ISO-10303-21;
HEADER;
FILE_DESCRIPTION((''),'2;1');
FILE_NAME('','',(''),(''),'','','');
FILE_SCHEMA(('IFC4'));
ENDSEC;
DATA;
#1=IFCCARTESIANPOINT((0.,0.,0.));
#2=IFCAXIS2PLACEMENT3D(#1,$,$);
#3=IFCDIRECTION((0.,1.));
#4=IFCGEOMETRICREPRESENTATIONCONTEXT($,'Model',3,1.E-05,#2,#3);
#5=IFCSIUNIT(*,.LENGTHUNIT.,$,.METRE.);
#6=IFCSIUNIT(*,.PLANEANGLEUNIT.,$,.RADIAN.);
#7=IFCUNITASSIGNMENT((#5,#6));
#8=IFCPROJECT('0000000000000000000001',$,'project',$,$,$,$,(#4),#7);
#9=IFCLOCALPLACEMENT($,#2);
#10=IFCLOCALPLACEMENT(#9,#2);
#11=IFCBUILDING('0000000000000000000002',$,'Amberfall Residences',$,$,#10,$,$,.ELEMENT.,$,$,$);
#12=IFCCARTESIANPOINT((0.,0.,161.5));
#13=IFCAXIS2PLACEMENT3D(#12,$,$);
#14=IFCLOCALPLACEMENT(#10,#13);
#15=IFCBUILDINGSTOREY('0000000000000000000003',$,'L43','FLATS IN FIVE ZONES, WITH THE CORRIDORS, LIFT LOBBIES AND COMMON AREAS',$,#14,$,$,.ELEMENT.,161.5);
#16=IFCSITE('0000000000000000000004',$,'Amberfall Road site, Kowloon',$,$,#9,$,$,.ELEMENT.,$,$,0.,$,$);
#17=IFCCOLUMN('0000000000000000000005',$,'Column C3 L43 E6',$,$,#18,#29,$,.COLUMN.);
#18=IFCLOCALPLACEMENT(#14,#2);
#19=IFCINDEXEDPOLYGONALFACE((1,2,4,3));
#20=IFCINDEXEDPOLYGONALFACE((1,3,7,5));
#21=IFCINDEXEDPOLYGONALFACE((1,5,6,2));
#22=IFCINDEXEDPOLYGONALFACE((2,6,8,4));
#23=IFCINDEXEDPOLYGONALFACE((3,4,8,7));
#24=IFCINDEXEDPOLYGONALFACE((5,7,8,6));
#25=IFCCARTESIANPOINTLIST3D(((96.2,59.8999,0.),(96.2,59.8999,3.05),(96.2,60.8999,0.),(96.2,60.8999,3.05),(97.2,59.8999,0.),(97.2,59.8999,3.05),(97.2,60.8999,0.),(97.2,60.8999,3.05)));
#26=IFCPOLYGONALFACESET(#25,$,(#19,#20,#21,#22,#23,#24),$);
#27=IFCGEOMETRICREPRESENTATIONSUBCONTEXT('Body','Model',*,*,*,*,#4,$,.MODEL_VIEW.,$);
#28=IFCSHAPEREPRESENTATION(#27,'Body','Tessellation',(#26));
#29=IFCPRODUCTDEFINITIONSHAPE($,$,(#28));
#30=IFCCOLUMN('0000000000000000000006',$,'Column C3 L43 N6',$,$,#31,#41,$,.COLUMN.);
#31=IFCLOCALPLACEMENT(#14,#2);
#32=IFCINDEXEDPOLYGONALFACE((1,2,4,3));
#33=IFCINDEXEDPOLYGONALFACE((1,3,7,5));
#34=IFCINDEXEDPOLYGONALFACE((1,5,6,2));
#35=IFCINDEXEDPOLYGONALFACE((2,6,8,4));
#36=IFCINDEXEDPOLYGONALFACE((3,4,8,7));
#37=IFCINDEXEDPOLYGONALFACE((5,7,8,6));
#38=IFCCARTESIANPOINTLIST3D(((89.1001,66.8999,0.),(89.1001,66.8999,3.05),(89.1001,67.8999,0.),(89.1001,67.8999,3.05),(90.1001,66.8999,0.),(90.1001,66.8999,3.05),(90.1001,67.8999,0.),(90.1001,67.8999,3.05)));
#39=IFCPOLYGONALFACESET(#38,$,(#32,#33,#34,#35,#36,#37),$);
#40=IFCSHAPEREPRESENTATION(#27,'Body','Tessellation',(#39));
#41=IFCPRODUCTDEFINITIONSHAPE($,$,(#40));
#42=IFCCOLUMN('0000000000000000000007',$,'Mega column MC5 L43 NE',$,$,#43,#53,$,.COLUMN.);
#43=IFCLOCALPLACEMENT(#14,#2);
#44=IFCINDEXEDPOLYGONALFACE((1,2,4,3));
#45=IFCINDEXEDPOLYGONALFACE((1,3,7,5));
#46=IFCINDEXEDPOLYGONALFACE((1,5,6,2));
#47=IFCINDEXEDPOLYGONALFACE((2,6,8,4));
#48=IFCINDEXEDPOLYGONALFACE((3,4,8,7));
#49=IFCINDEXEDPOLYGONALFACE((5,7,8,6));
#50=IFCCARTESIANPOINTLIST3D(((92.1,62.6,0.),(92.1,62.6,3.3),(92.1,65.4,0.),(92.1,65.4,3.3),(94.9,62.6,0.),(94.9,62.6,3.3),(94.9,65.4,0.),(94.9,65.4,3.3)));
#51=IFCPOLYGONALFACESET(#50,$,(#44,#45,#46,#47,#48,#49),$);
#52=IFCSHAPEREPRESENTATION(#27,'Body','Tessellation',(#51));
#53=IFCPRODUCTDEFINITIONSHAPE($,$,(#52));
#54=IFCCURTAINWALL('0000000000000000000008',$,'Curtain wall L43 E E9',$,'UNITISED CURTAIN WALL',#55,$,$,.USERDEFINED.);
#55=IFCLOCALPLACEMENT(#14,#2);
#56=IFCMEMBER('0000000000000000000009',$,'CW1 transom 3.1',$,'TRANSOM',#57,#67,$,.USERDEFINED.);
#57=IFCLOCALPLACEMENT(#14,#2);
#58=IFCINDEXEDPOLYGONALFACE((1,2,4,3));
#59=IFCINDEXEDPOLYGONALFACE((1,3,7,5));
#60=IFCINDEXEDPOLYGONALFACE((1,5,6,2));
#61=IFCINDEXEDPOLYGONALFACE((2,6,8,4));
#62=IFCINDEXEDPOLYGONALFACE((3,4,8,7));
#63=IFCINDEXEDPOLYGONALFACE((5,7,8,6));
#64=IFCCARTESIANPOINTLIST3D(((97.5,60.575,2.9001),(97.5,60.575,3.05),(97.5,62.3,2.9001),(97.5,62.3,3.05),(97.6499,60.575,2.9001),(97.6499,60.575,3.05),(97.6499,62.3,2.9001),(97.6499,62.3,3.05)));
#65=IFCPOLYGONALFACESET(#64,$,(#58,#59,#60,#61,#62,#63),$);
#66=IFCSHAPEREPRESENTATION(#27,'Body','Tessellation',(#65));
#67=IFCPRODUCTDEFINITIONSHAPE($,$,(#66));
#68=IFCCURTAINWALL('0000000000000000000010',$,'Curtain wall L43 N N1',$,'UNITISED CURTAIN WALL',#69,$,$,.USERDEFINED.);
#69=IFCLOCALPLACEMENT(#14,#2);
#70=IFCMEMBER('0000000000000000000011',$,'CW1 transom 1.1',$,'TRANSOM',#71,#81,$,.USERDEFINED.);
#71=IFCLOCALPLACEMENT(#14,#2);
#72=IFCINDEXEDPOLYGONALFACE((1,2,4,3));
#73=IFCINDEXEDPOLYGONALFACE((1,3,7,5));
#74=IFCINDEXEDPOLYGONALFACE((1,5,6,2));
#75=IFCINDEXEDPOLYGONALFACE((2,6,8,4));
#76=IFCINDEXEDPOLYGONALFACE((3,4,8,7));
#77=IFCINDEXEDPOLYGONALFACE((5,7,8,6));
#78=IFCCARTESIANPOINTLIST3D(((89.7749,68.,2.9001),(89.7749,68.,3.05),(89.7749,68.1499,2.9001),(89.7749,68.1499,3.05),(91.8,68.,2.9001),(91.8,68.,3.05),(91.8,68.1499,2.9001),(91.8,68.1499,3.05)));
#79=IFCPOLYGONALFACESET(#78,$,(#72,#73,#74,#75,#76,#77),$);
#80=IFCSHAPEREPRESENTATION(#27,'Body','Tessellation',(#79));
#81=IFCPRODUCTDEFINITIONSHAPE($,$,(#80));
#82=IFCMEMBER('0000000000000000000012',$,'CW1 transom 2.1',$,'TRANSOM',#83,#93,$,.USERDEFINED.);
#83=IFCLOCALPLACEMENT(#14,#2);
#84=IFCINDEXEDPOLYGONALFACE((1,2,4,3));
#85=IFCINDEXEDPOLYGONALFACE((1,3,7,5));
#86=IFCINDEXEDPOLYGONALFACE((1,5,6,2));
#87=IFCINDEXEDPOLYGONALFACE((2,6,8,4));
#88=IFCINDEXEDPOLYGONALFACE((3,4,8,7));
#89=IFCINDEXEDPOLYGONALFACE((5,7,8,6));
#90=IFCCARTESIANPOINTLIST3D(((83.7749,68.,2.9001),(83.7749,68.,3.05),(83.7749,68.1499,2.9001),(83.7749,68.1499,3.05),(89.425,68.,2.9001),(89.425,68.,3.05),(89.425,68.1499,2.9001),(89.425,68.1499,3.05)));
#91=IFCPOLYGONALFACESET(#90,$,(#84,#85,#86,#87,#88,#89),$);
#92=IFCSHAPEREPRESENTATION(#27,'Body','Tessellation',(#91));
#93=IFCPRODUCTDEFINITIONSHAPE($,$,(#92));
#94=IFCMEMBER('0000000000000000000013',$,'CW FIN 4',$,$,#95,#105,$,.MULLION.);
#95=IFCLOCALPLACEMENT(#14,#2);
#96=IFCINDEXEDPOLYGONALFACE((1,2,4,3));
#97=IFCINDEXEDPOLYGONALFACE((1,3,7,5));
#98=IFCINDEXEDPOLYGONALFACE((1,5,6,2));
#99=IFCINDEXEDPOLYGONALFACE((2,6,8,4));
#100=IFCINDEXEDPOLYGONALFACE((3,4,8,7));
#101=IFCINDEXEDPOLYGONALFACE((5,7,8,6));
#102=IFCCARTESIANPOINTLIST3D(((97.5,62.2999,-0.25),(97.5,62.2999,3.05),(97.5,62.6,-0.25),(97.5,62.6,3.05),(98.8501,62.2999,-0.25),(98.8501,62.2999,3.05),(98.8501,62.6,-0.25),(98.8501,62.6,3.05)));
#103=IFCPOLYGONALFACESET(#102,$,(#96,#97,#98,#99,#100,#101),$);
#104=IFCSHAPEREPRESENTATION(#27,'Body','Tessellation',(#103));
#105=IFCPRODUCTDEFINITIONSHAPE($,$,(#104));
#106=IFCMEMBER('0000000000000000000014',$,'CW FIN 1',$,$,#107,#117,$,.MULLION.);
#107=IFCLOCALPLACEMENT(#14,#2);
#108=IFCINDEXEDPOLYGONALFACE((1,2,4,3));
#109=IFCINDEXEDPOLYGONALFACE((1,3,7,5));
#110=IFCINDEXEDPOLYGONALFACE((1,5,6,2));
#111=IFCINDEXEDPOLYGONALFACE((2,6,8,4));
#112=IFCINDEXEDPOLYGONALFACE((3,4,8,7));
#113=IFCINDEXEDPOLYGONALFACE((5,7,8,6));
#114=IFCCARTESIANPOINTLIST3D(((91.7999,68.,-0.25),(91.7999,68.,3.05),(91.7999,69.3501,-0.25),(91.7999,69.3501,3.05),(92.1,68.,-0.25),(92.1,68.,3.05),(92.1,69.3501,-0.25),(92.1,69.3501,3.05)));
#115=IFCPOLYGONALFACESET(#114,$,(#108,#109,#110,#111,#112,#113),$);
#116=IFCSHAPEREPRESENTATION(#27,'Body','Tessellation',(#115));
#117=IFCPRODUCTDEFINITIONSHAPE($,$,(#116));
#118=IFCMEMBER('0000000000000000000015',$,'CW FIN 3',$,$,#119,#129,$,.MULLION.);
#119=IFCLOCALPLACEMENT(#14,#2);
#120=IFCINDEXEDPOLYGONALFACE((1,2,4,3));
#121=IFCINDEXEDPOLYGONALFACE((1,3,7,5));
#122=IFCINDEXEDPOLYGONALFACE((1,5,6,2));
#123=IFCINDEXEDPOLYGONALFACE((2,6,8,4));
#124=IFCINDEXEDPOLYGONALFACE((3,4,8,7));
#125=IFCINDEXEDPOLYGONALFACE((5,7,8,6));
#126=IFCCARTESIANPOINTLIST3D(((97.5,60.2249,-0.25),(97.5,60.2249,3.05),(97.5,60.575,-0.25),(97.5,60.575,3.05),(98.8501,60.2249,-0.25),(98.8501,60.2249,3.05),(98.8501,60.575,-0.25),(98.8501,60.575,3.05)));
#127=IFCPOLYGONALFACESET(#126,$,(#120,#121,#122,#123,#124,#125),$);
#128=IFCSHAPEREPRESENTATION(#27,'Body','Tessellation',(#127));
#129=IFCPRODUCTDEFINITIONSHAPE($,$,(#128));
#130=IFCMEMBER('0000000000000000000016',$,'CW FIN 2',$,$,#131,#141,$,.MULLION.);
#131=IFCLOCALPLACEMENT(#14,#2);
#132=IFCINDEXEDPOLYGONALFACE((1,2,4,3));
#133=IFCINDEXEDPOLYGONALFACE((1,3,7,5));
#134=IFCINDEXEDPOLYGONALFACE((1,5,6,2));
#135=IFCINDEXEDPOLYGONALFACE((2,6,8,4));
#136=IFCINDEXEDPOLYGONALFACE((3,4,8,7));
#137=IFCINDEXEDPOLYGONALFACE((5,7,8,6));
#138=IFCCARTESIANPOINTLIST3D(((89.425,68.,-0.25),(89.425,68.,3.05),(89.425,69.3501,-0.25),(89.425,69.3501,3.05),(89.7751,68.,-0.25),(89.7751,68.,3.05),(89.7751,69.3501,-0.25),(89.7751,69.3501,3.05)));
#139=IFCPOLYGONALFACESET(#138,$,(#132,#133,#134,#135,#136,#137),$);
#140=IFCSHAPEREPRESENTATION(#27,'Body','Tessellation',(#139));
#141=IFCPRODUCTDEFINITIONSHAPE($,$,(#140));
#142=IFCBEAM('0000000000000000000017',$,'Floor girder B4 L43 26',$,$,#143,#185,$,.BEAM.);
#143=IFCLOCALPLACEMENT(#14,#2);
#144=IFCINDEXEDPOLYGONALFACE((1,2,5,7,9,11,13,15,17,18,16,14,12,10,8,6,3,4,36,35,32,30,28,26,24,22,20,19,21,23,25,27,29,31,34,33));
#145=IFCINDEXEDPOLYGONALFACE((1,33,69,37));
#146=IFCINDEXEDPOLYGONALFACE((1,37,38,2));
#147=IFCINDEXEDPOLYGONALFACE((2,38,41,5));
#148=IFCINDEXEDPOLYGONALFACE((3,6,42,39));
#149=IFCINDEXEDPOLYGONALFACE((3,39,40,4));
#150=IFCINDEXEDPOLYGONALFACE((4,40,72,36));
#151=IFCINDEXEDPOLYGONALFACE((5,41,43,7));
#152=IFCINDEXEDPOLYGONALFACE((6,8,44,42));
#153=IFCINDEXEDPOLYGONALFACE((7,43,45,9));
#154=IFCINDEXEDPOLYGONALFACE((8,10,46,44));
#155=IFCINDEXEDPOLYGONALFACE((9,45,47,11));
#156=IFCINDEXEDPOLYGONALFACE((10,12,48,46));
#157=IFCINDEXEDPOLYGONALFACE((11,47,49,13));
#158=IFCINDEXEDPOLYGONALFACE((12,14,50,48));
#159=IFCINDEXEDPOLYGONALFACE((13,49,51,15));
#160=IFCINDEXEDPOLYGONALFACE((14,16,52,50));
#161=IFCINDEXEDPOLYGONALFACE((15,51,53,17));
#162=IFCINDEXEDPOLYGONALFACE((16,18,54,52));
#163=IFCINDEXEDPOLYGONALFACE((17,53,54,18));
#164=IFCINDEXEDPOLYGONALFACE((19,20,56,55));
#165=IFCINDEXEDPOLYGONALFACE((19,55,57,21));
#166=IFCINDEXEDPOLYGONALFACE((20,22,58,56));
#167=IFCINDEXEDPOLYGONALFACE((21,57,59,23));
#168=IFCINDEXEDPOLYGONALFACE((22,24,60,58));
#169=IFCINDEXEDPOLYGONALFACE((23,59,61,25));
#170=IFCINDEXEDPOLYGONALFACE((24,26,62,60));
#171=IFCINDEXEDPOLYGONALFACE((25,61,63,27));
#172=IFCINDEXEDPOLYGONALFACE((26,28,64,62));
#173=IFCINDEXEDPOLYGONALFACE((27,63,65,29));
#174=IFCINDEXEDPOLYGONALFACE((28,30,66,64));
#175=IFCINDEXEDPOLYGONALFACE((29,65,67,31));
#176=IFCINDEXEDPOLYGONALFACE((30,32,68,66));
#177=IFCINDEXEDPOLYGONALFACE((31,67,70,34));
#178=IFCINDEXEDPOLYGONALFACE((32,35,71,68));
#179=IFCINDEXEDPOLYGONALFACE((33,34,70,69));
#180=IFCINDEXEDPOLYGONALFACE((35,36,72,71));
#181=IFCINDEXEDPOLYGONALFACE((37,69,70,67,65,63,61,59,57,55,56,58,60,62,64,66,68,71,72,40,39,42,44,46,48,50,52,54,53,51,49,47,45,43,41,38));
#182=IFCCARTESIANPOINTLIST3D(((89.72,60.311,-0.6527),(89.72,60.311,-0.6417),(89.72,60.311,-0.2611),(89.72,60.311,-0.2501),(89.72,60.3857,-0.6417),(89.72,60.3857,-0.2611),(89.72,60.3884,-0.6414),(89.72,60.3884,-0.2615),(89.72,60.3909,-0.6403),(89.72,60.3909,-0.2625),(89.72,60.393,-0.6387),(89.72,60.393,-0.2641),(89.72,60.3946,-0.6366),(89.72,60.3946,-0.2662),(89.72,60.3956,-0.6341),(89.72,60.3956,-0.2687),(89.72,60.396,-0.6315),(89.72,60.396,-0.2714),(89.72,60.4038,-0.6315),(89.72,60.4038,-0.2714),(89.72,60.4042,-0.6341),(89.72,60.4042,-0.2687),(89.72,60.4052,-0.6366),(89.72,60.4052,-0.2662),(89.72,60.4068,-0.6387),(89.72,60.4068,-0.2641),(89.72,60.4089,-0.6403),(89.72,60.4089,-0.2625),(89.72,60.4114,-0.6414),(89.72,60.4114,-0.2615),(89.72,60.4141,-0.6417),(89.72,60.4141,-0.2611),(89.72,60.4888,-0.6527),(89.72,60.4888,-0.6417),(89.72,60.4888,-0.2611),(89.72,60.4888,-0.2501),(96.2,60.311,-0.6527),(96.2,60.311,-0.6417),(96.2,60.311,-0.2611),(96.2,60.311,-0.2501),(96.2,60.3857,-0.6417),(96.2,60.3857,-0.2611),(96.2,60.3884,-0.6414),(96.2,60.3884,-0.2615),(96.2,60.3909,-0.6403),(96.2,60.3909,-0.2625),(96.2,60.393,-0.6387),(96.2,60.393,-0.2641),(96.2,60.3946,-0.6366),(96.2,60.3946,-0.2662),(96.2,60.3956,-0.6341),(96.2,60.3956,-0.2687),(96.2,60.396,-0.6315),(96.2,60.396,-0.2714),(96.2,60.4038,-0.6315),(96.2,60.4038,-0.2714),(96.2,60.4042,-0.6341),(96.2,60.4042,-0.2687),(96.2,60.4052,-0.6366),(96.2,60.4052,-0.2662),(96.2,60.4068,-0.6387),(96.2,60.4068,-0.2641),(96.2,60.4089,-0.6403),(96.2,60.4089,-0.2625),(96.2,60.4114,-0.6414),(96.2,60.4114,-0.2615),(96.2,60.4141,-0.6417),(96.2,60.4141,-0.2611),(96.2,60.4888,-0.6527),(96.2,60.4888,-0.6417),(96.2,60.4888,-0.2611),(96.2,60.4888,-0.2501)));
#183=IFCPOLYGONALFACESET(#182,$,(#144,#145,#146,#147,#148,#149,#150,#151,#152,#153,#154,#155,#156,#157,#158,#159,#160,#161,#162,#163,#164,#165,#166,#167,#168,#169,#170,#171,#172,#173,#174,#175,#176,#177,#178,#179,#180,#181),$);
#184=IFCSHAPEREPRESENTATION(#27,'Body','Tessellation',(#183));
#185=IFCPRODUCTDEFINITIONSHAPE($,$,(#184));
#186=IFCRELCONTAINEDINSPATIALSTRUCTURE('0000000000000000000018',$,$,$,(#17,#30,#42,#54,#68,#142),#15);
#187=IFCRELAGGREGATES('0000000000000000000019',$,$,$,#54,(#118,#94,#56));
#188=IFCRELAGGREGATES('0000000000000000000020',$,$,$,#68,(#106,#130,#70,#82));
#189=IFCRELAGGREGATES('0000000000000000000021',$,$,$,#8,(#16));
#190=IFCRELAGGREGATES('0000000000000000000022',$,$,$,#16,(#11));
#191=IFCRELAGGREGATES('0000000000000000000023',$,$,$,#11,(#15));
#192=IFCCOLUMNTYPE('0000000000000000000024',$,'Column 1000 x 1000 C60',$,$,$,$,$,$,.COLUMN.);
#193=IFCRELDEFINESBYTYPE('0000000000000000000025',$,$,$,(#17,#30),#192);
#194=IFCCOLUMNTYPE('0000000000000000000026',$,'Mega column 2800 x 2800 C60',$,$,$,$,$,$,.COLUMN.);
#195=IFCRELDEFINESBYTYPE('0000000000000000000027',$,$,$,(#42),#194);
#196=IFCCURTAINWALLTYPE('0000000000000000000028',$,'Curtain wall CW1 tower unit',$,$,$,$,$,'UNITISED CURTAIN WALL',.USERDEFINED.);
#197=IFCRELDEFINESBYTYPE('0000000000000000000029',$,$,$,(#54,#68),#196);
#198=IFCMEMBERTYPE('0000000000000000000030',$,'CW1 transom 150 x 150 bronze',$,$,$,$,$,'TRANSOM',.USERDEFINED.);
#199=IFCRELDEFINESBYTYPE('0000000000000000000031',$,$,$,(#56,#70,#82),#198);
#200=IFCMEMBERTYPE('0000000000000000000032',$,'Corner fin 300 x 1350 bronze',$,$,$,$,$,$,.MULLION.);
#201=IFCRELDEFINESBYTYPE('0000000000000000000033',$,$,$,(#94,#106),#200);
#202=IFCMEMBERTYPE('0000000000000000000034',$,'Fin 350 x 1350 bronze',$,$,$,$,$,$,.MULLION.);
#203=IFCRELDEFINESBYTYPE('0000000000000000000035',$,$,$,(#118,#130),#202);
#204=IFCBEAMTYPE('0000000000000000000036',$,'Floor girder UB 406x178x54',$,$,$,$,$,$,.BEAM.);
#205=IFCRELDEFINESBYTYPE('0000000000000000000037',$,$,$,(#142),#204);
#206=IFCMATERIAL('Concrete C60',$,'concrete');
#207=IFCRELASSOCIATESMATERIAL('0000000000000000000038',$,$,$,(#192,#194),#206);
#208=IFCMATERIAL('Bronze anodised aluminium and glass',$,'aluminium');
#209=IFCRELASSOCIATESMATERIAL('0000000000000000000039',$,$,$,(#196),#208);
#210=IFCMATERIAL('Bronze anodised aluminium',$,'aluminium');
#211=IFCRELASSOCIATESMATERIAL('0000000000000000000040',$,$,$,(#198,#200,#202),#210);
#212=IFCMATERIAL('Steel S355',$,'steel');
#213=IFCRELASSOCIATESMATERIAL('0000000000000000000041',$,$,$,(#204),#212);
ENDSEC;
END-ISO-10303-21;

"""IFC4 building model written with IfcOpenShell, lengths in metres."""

from ifc_helpers import new_model, si_unit, direction, frame, origin, origin_2d, place, context, subcontext, project, spatial, rectangle, i_section, extrude, material, material_profile, profile_set, type_object, element, aggregate, save


model = new_model("IFC4")

# Units and contexts
model_context = context("Model", 3, precision=1e-05, world=origin(), true_north=direction((0.0, 1.0)))
body_context = subcontext(model_context, "Body", "Model", "MODEL_VIEW")
ifc_project = project(units=[si_unit("LENGTHUNIT", "METRE"), si_unit("PLANEANGLEUNIT", "RADIAN")], contexts=[model_context])

# Site, building, storey
site_placement = place(None, origin())
site = spatial("IfcSite", under=ifc_project, at=site_placement, Name="Amberfall Road site, Kowloon", CompositionType="ELEMENT", RefElevation=0.0)
building_placement = place(site_placement, origin())
building = spatial("IfcBuilding", under=site, at=building_placement, Name="Amberfall Residences", CompositionType="ELEMENT")
storey_placement = place(building_placement, frame((0.0, 0.0, 161.5)))
storey = spatial("IfcBuildingStorey", under=building, at=storey_placement, Name="L43", Description="FLATS IN FIVE ZONES, WITH THE CORRIDORS, LIFT LOBBIES AND COMMON AREAS", CompositionType="ELEMENT", Elevation=161.5)

# Columns
ifc_material_1 = material(Name="Concrete C60", Category="concrete")
ifc_material_profile_1 = material_profile(ifc_material_1, rectangle(XDim=1.0, YDim=1.0, at=origin_2d()), Name="Column 1000 x 1000 C60")
ifc_profile_set_1 = profile_set([ifc_material_profile_1], Name="Concrete C60")
column_type_1 = type_object("IfcColumnType", Name="Column 1000 x 1000 C60", PredefinedType="COLUMN", material=ifc_profile_set_1)
for number, where, z_axis, x_axis, name in (
    (1, (96.7, 60.3999, 0.0), (0.0, 0.0, 1.0), (1.0, 0.0, 0.0), "Column C3 L43 E6"),
    (2, (89.6001, 67.3999, 0.0), (0.0, 0.0, 1.0), (1.0, 0.0, 0.0), "Column C3 L43 N6"),
):
    element("IfcColumn", number, at=place(storey_placement, frame(where, z_axis=z_axis, x_axis=x_axis)), inside=storey, type_object=column_type_1, Name=name, PredefinedType="COLUMN", context=body_context, shape_type="SweptSolid", body=[
        extrude(rectangle(XDim=1.0, YDim=1.0, at=origin_2d()), origin(), (0.0, 0.0, 1.0), 3.05),
    ])
ifc_material_profile_2 = material_profile(ifc_material_1, rectangle(XDim=2.8, YDim=2.8, at=origin_2d()), Name="Mega column 2800 x 2800 C60")
ifc_profile_set_2 = profile_set([ifc_material_profile_2], Name="Concrete C60")
column_type_2 = type_object("IfcColumnType", Name="Mega column 2800 x 2800 C60", PredefinedType="COLUMN", material=ifc_profile_set_2)
column_placement = place(storey_placement, frame((93.5, 64.0, 0.0), z_axis=(0.0, 0.0, 1.0), x_axis=(1.0, 0.0, 0.0)))
element("IfcColumn", 3, at=column_placement, inside=storey, type_object=column_type_2, Name="Mega column MC5 L43 NE", PredefinedType="COLUMN", context=body_context, shape_type="SweptSolid", body=[
    extrude(rectangle(XDim=2.8, YDim=2.8, at=origin_2d()), origin(), (0.0, 0.0, 1.0), 3.3),
])

# Curtain wall, member
ifc_material_2 = material(Name="Bronze anodised aluminium and glass", Category="aluminium")
curtain_wall_type = type_object("IfcCurtainWallType", Name="Curtain wall CW1 tower unit", ElementType="UNITISED CURTAIN WALL", PredefinedType="USERDEFINED", material=ifc_material_2)
curtain_wall_1_placement = place(storey_placement, origin())
curtain_wall_1 = element("IfcCurtainWall", 4, at=curtain_wall_1_placement, inside=storey, type_object=curtain_wall_type, Name="Curtain wall L43 E E9", ObjectType="UNITISED CURTAIN WALL", PredefinedType="USERDEFINED")
ifc_material_3 = material(Name="Bronze anodised aluminium", Category="aluminium")
ifc_material_profile_3 = material_profile(ifc_material_3, rectangle(XDim=0.1499, YDim=0.1499, at=origin_2d()), Name="CW1 transom 150 x 150 bronze")
ifc_profile_set_3 = profile_set([ifc_material_profile_3], Name="Bronze anodised aluminium")
member_type_1 = type_object("IfcMemberType", Name="CW1 transom 150 x 150 bronze", ElementType="TRANSOM", PredefinedType="USERDEFINED", material=ifc_profile_set_3)
member_1_placement = place(storey_placement, frame((97.575, 60.575, 2.9751), z_axis=(0.0, 1.0, 0.0), x_axis=(-1.0, 0.0, 0.0)))
member_1 = element("IfcMember", 5, at=member_1_placement, type_object=member_type_1, Name="CW1 transom 3.1", ObjectType="TRANSOM", PredefinedType="USERDEFINED", context=body_context, shape_type="SweptSolid", body=[
    extrude(rectangle(XDim=0.1499, YDim=0.1499, at=origin_2d()), origin(), (0.0, 0.0, 1.0), 1.7251),
])

# Curtain wall, members
curtain_wall_2_placement = place(storey_placement, origin())
curtain_wall_2 = element("IfcCurtainWall", 6, at=curtain_wall_2_placement, inside=storey, type_object=curtain_wall_type, Name="Curtain wall L43 N N1", ObjectType="UNITISED CURTAIN WALL", PredefinedType="USERDEFINED")
member_2_placement = place(storey_placement, frame((91.8, 68.075, 2.9751), z_axis=(-1.0, 0.0, 0.0), x_axis=(0.0, -1.0, 0.0)))
member_2 = element("IfcMember", 7, at=member_2_placement, type_object=member_type_1, Name="CW1 transom 1.1", ObjectType="TRANSOM", PredefinedType="USERDEFINED", context=body_context, shape_type="SweptSolid", body=[
    extrude(rectangle(XDim=0.1499, YDim=0.1499, at=origin_2d()), origin(), (0.0, 0.0, 1.0), 2.0251),
])
member_3_placement = place(storey_placement, frame((89.425, 68.075, 2.9751), z_axis=(-1.0, 0.0, 0.0), x_axis=(0.0, -1.0, 0.0)))
member_3 = element("IfcMember", 8, at=member_3_placement, type_object=member_type_1, Name="CW1 transom 2.1", ObjectType="TRANSOM", PredefinedType="USERDEFINED", context=body_context, shape_type="SweptSolid", body=[
    extrude(rectangle(XDim=0.1499, YDim=0.1499, at=origin_2d()), origin(), (0.0, 0.0, 1.0), 5.6501),
])

# Members
ifc_material_profile_4 = material_profile(ifc_material_3, rectangle(XDim=1.3501, YDim=0.3, at=origin_2d()), Name="Corner fin 300 x 1350 bronze")
ifc_profile_set_4 = profile_set([ifc_material_profile_4], Name="Bronze anodised aluminium")
member_type_2 = type_object("IfcMemberType", Name="Corner fin 300 x 1350 bronze", PredefinedType="MULLION", material=ifc_profile_set_4)
member_4_placement = place(storey_placement, frame((98.175, 62.45, -0.25), z_axis=(0.0, 0.0, 1.0), x_axis=(-1.0, 0.0, 0.0)))
member_4 = element("IfcMember", 9, at=member_4_placement, type_object=member_type_2, Name="CW FIN 4", PredefinedType="MULLION", context=body_context, shape_type="SweptSolid", body=[
    extrude(rectangle(XDim=1.3501, YDim=0.3, at=origin_2d()), origin(), (0.0, 0.0, 1.0), 3.3),
])
member_5_placement = place(storey_placement, frame((91.95, 68.675, -0.25), z_axis=(0.0, 0.0, 1.0), x_axis=(0.0, -1.0, 0.0)))
member_5 = element("IfcMember", 10, at=member_5_placement, type_object=member_type_2, Name="CW FIN 1", PredefinedType="MULLION", context=body_context, shape_type="SweptSolid", body=[
    extrude(rectangle(XDim=1.3501, YDim=0.3, at=origin_2d()), origin(), (0.0, 0.0, 1.0), 3.3),
])
ifc_material_profile_5 = material_profile(ifc_material_3, rectangle(XDim=1.3501, YDim=0.3501, at=origin_2d()), Name="Fin 350 x 1350 bronze")
ifc_profile_set_5 = profile_set([ifc_material_profile_5], Name="Bronze anodised aluminium")
member_type_3 = type_object("IfcMemberType", Name="Fin 350 x 1350 bronze", PredefinedType="MULLION", material=ifc_profile_set_5)
member_6_placement = place(storey_placement, frame((98.175, 60.3999, -0.25), z_axis=(0.0, 0.0, 1.0), x_axis=(-1.0, 0.0, 0.0)))
member_6 = element("IfcMember", 11, at=member_6_placement, type_object=member_type_3, Name="CW FIN 3", PredefinedType="MULLION", context=body_context, shape_type="SweptSolid", body=[
    extrude(rectangle(XDim=1.3501, YDim=0.3501, at=origin_2d()), origin(), (0.0, 0.0, 1.0), 3.3),
])
member_7_placement = place(storey_placement, frame((89.6001, 68.675, -0.25), z_axis=(0.0, 0.0, 1.0), x_axis=(0.0, -1.0, 0.0)))
member_7 = element("IfcMember", 12, at=member_7_placement, type_object=member_type_3, Name="CW FIN 2", PredefinedType="MULLION", context=body_context, shape_type="SweptSolid", body=[
    extrude(rectangle(XDim=1.3501, YDim=0.3501, at=origin_2d()), origin(), (0.0, 0.0, 1.0), 3.3),
])

# Beam
ifc_material_4 = material(Name="Steel S355", Category="steel")
ifc_material_profile_6 = material_profile(ifc_material_4, i_section(OverallWidth=0.1777, OverallDepth=0.4026, WebThickness=0.0078, FlangeThickness=0.011, FilletRadius=0.0103, at=origin_2d()), Name="UB 406x178x54")
ifc_profile_set_6 = profile_set([ifc_material_profile_6], Name="Steel S355")
beam_type_1 = type_object("IfcBeamType", Name="Floor girder UB 406x178x54", PredefinedType="BEAM", material=ifc_profile_set_6)
beam_1_placement = place(storey_placement, frame((96.2, 60.3999, -0.4514), z_axis=(-1.0, 0.0, 0.0), x_axis=(0.0, -1.0, 0.0)))
element("IfcBeam", 13, at=beam_1_placement, inside=storey, type_object=beam_type_1, Name="Floor girder B4 L43 26", PredefinedType="BEAM", context=body_context, shape_type="SweptSolid", body=[
    extrude(i_section(OverallWidth=0.1777, OverallDepth=0.4026, WebThickness=0.0078, FlangeThickness=0.011, FilletRadius=0.0103, at=origin_2d()), origin(), (0.0, 0.0, 1.0), 6.48),
])

aggregate(curtain_wall_1, [member_6, member_4, member_1])
aggregate(curtain_wall_2, [member_5, member_7, member_2, member_3])

save(model, "model.ifc")
